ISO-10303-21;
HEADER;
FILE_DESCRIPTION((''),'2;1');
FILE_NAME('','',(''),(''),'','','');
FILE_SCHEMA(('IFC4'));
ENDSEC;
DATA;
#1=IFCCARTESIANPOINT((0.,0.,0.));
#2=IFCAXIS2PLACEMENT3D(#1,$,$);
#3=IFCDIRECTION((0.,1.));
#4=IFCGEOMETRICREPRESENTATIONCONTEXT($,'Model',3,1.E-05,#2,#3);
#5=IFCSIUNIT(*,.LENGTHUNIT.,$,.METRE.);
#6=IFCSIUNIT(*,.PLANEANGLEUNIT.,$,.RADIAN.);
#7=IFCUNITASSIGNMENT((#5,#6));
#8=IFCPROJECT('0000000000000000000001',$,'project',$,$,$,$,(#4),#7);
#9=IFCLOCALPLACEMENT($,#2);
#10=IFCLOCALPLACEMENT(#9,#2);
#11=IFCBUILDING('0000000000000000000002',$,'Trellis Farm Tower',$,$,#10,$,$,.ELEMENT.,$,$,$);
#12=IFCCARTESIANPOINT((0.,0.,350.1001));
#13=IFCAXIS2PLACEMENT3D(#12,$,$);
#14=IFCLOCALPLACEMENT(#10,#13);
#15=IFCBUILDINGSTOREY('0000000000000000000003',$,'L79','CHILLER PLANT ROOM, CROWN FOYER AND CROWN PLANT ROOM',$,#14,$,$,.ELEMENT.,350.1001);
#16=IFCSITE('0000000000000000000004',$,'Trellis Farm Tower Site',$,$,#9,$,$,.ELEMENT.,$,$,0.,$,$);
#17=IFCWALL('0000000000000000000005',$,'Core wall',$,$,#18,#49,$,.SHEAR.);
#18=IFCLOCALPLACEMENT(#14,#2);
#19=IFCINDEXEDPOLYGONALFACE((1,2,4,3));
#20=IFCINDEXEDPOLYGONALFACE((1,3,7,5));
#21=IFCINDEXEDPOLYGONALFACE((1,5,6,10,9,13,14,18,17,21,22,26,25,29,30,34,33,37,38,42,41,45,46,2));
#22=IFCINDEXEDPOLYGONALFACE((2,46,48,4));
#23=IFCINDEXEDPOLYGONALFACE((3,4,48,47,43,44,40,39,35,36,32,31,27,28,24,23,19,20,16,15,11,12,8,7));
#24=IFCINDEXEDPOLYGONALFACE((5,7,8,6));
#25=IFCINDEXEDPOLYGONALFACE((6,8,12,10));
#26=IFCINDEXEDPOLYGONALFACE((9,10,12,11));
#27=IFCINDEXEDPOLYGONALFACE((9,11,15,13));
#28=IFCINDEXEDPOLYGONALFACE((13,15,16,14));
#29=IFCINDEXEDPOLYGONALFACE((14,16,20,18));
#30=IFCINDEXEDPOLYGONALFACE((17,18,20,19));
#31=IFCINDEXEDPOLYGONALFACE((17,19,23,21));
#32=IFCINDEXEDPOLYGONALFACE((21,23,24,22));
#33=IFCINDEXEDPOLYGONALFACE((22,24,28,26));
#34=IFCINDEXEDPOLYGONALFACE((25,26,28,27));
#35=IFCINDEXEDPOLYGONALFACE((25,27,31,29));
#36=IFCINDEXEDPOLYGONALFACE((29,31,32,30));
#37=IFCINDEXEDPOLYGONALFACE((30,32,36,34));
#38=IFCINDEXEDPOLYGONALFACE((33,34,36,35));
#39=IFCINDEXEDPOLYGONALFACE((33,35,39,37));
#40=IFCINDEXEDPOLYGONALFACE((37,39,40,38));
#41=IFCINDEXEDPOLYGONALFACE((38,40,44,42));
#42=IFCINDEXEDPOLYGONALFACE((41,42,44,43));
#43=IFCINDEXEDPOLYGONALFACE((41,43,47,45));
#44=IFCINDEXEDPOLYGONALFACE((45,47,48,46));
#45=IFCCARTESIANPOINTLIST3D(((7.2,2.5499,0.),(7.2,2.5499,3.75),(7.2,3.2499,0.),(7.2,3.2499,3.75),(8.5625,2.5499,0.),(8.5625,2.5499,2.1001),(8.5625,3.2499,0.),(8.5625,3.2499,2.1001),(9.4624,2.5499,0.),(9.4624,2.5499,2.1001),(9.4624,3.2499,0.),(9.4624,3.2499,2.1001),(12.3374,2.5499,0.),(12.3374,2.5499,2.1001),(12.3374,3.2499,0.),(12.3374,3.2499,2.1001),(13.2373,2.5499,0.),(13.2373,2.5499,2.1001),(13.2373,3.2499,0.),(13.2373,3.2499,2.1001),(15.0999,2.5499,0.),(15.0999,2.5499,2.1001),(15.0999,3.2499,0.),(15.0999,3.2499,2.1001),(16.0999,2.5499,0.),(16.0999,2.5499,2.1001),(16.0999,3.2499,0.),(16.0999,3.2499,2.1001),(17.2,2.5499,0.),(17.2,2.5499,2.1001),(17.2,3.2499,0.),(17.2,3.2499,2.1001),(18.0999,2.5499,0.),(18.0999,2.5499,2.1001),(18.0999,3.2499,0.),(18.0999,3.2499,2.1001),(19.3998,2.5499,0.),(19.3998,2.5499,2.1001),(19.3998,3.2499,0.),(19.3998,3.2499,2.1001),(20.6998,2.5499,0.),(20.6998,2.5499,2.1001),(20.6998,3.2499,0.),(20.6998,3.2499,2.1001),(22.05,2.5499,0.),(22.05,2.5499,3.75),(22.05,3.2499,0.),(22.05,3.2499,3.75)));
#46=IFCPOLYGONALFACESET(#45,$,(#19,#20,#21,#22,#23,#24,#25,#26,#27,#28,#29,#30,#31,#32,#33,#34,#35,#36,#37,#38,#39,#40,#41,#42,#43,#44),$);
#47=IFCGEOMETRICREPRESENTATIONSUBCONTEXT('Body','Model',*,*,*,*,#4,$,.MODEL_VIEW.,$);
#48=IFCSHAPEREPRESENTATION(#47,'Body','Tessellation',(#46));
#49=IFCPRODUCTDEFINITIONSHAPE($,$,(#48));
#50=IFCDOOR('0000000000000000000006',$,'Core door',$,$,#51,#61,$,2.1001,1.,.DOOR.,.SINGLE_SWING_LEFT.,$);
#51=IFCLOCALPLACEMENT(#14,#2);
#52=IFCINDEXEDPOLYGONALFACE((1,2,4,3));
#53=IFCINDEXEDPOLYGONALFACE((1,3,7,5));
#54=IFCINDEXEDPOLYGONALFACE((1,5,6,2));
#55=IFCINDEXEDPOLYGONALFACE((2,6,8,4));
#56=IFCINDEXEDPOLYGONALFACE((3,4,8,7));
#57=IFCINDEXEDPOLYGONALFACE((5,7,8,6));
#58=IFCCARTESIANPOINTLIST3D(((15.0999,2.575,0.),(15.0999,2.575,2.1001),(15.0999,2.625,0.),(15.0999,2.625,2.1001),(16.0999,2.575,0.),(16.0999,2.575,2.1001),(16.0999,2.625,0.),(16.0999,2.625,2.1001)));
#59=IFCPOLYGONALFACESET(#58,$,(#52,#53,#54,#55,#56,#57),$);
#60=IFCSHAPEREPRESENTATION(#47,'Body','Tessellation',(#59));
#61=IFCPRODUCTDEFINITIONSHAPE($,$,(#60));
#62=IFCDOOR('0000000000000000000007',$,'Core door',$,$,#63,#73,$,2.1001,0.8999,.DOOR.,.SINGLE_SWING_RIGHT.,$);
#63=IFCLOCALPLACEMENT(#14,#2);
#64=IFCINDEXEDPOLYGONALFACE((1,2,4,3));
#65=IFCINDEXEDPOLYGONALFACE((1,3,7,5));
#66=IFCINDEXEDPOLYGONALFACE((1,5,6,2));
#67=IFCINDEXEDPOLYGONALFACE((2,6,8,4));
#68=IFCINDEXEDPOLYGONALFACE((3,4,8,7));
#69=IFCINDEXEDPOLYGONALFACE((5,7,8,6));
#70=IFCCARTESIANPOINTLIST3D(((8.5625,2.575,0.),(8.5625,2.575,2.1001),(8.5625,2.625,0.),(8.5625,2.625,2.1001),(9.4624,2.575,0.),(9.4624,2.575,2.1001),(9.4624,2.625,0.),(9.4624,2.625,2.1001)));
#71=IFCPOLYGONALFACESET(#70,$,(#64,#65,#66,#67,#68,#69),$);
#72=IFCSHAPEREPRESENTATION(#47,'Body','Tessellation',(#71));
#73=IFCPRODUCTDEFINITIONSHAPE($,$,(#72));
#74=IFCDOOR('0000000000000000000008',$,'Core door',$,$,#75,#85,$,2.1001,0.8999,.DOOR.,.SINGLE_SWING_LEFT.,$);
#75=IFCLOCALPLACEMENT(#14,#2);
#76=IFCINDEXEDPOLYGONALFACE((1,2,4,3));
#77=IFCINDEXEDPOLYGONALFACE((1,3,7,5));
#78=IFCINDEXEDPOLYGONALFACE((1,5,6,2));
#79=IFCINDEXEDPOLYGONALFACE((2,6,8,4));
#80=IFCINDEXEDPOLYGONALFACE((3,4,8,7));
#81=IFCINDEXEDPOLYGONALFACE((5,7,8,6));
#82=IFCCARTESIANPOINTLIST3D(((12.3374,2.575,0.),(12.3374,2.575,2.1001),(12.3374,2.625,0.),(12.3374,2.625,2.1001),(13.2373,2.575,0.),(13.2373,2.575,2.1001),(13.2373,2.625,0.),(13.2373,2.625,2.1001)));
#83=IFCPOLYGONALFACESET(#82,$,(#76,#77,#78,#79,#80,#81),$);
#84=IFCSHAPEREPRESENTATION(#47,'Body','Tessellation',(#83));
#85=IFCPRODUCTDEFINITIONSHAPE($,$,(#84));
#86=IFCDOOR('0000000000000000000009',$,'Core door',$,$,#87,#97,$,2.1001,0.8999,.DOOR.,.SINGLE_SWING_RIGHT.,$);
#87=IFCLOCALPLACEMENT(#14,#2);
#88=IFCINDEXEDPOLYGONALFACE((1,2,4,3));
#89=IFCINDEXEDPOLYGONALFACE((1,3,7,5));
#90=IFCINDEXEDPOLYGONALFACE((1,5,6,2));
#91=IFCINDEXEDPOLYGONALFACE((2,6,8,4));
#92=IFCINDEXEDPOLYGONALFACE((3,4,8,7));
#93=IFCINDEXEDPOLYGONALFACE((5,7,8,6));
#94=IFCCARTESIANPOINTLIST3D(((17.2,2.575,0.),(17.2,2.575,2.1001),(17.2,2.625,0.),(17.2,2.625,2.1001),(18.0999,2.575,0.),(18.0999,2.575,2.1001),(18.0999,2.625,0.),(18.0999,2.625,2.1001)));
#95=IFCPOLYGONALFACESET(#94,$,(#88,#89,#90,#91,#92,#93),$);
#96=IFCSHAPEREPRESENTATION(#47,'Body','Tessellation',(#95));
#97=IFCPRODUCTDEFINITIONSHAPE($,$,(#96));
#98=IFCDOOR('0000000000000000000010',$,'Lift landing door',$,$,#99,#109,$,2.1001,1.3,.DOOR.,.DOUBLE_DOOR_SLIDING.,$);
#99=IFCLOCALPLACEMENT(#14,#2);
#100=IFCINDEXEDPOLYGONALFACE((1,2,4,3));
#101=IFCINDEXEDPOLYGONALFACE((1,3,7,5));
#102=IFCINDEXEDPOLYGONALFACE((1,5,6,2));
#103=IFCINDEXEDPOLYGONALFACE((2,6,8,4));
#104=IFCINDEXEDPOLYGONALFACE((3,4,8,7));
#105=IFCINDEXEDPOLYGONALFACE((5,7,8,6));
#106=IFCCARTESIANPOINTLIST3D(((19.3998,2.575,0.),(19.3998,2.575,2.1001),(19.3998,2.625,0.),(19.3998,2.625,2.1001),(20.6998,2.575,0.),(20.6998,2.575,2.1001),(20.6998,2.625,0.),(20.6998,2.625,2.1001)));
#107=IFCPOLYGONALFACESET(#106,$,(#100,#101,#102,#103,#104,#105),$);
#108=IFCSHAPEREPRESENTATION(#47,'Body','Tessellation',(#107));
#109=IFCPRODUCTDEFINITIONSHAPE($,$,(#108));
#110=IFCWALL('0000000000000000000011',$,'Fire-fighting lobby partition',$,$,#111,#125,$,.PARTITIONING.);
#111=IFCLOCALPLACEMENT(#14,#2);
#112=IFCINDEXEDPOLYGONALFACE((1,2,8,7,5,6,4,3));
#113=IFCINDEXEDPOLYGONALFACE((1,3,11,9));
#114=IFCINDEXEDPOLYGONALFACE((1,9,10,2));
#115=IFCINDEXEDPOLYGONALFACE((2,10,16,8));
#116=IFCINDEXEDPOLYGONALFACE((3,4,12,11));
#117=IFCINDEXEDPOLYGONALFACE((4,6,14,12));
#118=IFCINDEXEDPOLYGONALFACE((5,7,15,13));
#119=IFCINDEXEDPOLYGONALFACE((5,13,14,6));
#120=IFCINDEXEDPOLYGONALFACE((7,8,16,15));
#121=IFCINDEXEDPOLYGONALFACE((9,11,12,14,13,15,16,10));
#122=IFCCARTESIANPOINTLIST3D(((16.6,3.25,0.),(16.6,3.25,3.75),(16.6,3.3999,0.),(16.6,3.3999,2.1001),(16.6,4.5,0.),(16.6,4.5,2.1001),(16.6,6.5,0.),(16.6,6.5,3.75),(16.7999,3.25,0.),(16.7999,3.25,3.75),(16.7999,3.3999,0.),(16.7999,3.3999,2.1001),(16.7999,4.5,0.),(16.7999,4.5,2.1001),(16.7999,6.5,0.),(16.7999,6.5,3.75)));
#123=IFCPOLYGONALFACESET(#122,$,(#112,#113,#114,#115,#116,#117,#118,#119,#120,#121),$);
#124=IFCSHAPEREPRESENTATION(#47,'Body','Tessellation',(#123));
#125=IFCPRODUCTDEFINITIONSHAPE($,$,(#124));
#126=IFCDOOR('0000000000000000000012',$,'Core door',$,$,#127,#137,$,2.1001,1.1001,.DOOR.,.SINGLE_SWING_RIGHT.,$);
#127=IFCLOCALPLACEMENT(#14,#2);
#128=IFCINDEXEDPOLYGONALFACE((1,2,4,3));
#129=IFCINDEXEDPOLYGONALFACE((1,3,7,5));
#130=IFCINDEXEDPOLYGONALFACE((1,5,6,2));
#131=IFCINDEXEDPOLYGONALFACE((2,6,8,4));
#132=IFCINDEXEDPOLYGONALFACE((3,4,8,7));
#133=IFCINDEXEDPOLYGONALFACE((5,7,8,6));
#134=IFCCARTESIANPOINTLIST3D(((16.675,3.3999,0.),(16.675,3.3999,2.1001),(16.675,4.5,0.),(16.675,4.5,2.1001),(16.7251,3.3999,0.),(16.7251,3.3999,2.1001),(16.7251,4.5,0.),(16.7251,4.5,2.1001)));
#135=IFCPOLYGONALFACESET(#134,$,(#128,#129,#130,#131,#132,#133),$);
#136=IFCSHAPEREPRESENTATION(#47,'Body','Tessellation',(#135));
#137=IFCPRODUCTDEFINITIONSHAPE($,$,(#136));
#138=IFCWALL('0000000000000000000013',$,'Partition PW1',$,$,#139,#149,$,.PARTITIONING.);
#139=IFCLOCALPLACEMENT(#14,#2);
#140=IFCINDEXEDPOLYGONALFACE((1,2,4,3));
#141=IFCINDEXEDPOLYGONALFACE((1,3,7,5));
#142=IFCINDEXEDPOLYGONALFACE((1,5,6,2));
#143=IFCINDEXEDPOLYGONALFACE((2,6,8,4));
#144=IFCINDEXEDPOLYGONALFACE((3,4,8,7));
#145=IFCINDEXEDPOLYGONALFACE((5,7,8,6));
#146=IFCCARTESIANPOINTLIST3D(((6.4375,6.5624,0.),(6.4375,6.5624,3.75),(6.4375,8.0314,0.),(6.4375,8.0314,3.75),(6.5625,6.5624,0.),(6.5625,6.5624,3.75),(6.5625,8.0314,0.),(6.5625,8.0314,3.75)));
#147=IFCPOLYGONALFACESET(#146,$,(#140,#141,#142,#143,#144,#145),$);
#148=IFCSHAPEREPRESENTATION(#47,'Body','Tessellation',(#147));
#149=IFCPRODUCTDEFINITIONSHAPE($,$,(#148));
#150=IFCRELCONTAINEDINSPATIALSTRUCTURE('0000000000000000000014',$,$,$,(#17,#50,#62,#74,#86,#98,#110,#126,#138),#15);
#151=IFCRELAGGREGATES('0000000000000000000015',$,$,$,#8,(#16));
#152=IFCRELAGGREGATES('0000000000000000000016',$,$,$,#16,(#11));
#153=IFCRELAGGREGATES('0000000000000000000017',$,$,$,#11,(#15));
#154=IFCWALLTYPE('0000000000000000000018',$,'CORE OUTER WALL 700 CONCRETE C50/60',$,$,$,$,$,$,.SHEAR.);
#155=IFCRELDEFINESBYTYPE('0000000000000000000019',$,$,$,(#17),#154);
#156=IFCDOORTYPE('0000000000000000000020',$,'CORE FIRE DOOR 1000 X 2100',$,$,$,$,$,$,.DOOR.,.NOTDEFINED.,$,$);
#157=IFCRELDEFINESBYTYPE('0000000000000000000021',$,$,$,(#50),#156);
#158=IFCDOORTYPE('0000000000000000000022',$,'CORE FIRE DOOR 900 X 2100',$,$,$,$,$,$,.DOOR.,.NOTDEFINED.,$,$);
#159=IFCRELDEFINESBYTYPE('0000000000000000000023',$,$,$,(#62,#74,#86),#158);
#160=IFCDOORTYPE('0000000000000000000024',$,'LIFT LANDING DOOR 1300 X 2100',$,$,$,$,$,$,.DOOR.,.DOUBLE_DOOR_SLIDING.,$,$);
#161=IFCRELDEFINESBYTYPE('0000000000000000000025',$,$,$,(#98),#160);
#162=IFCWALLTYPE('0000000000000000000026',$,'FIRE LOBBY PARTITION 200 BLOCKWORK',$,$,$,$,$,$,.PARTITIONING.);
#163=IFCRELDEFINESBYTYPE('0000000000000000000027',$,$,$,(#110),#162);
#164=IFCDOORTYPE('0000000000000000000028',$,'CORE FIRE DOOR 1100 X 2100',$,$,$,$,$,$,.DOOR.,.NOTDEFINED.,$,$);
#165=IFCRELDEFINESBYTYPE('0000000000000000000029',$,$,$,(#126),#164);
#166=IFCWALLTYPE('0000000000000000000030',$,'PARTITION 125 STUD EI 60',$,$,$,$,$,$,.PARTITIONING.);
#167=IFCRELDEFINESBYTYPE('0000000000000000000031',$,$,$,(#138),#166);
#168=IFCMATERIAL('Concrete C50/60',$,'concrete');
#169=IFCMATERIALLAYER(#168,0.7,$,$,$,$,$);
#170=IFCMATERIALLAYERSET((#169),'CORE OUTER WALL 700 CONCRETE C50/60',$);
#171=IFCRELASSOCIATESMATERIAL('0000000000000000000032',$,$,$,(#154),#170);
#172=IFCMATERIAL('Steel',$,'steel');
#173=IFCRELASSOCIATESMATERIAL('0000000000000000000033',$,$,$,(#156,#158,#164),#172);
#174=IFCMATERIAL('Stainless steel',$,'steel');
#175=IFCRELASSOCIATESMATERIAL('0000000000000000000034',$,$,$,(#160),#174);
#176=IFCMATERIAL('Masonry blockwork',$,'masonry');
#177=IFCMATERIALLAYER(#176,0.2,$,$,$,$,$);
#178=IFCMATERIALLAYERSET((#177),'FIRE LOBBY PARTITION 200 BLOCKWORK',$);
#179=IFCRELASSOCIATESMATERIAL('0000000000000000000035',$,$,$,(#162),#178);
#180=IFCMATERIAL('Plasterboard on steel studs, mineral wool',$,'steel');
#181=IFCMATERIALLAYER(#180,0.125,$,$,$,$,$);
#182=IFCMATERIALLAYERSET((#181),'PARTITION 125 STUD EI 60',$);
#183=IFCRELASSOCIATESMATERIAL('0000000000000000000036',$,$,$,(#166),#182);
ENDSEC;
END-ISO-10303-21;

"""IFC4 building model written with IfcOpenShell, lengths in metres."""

from ifc_helpers import new_model, si_unit, direction, frame, frame_2d, origin, place, context, subcontext, project, spatial, rectangle, extrude, source, transform, mapped, material, layer, layer_set, type_object, element, fill, save


model = new_model("IFC4")

# Units and contexts
model_context = context("Model", 3, precision=1e-05, world=origin(), true_north=direction((0.0, 1.0)))
body_context = subcontext(model_context, "Body", "Model", "MODEL_VIEW")
ifc_project = project(units=[si_unit("LENGTHUNIT", "METRE"), si_unit("PLANEANGLEUNIT", "RADIAN")], contexts=[model_context])

# Site, building, storey
site_placement = place(None, origin())
site = spatial("IfcSite", under=ifc_project, at=site_placement, Name="Trellis Farm Tower Site", CompositionType="ELEMENT", RefElevation=0.0)
building_placement = place(site_placement, origin())
building = spatial("IfcBuilding", under=site, at=building_placement, Name="Trellis Farm Tower", CompositionType="ELEMENT")
storey_placement = place(building_placement, frame((0.0, 0.0, 350.1001)))
storey = spatial("IfcBuildingStorey", under=building, at=storey_placement, Name="L79", Description="CHILLER PLANT ROOM, CROWN FOYER AND CROWN PLANT ROOM", CompositionType="ELEMENT", Elevation=350.1001)

# Shared definitions
ifc_material_1 = material(Name="Concrete C50/60", Category="concrete")

# Shared definitions
ifc_material_2 = material(Name="Masonry blockwork", Category="masonry")

# Wall, openings, doors
ifc_layer_1 = layer(ifc_material_1, 0.7)
ifc_layer_set_1 = layer_set([ifc_layer_1], Name="CORE OUTER WALL 700 CONCRETE C50/60")
wall_type_1 = type_object("IfcWallType", Name="CORE OUTER WALL 700 CONCRETE C50/60", PredefinedType="SHEAR", material=ifc_layer_set_1)
shared_shape_1 = source(origin(), body_context, "Body", "SweptSolid", [
    extrude(rectangle(XDim=14.8501, YDim=0.7, at=frame_2d((7.425, 0.0))), origin(), (0.0, 0.0, 1.0), 3.75),
])
wall_1_placement = place(storey_placement, frame((7.2, 2.8999, 0.0), z_axis=(0.0, 0.0, 1.0), x_axis=(1.0, 0.0, 0.0)))
wall_1 = element("IfcWall", 1, at=wall_1_placement, inside=storey, type_object=wall_type_1, Name="Core wall", PredefinedType="SHEAR", context=body_context, shape_type="MappedRepresentation", body=[
    mapped(shared_shape_1, transform((0.0, 0.0, 0.0))),
])
shared_shape_2 = source(origin(), body_context, "Body", "SweptSolid", [
    extrude(rectangle(XDim=1.3, YDim=2.1001, at=frame_2d((0.6499, 1.05))), frame((0.0, 0.3601, 0.0), z_axis=(0.0, -1.0, 0.0), x_axis=(1.0, 0.0, 0.0)), (0.0, 0.0, 1.0), 0.7202),
])
opening_1_placement = place(wall_1_placement, frame((12.2, 0.0, 0.0)))
opening_1 = element("IfcOpeningElement", 2, at=opening_1_placement, cuts=wall_1, PredefinedType="OPENING", context=body_context, shape_type="MappedRepresentation", body=[
    mapped(shared_shape_2, transform((0.0, 0.0, 0.0))),
])
shared_shape_3 = source(origin(), body_context, "Body", "SweptSolid", [
    extrude(rectangle(XDim=1.0, YDim=2.1001, at=frame_2d((0.5, 1.05))), frame((0.0, 0.3601, 0.0), z_axis=(0.0, -1.0, 0.0), x_axis=(1.0, 0.0, 0.0)), (0.0, 0.0, 1.0), 0.7202),
])
opening_2_placement = place(wall_1_placement, frame((7.8999, 0.0, 0.0)))
opening_2 = element("IfcOpeningElement", 3, at=opening_2_placement, cuts=wall_1, PredefinedType="OPENING", context=body_context, shape_type="MappedRepresentation", body=[
    mapped(shared_shape_3, transform((0.0, 0.0, 0.0))),
])
shared_shape_4 = source(origin(), body_context, "Body", "SweptSolid", [
    extrude(rectangle(XDim=0.8999, YDim=2.1001, at=frame_2d((0.45, 1.05))), frame((0.0, 0.3601, 0.0), z_axis=(0.0, -1.0, 0.0), x_axis=(1.0, 0.0, 0.0)), (0.0, 0.0, 1.0), 0.7202),
])
opening_3_placement = place(wall_1_placement, frame((1.3625, 0.0, 0.0)))
opening_3 = element("IfcOpeningElement", 4, at=opening_3_placement, cuts=wall_1, PredefinedType="OPENING", context=body_context, shape_type="MappedRepresentation", body=[
    mapped(shared_shape_4, transform((0.0, 0.0, 0.0))),
])
opening_4_placement = place(wall_1_placement, frame((5.1375, 0.0, 0.0)))
opening_4 = element("IfcOpeningElement", 5, at=opening_4_placement, cuts=wall_1, PredefinedType="OPENING", context=body_context, shape_type="MappedRepresentation", body=[
    mapped(shared_shape_4, transform((0.0, 0.0, 0.0))),
])
opening_5_placement = place(wall_1_placement, frame((10.0, 0.0, 0.0)))
opening_5 = element("IfcOpeningElement", 6, at=opening_5_placement, cuts=wall_1, PredefinedType="OPENING", context=body_context, shape_type="MappedRepresentation", body=[
    mapped(shared_shape_4, transform((0.0, 0.0, 0.0))),
])
ifc_material_3 = material(Name="Steel", Category="steel")
door_type_1 = type_object("IfcDoorType", Name="CORE FIRE DOOR 1000 X 2100", OperationType="NOTDEFINED", PredefinedType="DOOR", material=ifc_material_3)
shared_shape_5 = source(origin(), body_context, "Body", "SweptSolid", [
    extrude(rectangle(XDim=1.0, YDim=2.1001, at=frame_2d((0.5, 1.05))), frame((0.0, -0.2749, 0.0), z_axis=(0.0, -1.0, 0.0), x_axis=(1.0, 0.0, 0.0)), (0.0, 0.0, 1.0), 0.05),
])
door_1_placement = place(opening_2_placement, origin())
door_1 = element("IfcDoor", 7, at=door_1_placement, inside=storey, type_object=door_type_1, Name="Core door", OperationType="SINGLE_SWING_LEFT", OverallHeight=2.1001, OverallWidth=1.0, PredefinedType="DOOR", context=body_context, shape_type="MappedRepresentation", body=[
    mapped(shared_shape_5, transform((0.0, 0.0, 0.0))),
])
fill(opening_2, door_1)
door_type_2 = type_object("IfcDoorType", Name="CORE FIRE DOOR 900 X 2100", OperationType="NOTDEFINED", PredefinedType="DOOR", material=ifc_material_3)
shared_shape_6 = source(origin(), body_context, "Body", "SweptSolid", [
    extrude(rectangle(XDim=0.8999, YDim=2.1001, at=frame_2d((0.45, 1.05))), frame((0.0, -0.2749, 0.0), z_axis=(0.0, -1.0, 0.0), x_axis=(1.0, 0.0, 0.0)), (0.0, 0.0, 1.0), 0.05),
])
door_2_placement = place(opening_3_placement, origin())
door_2 = element("IfcDoor", 8, at=door_2_placement, inside=storey, type_object=door_type_2, Name="Core door", OperationType="SINGLE_SWING_RIGHT", OverallHeight=2.1001, OverallWidth=0.8999, PredefinedType="DOOR", context=body_context, shape_type="MappedRepresentation", body=[
    mapped(shared_shape_6, transform((0.0, 0.0, 0.0))),
])
fill(opening_3, door_2)
door_3_placement = place(opening_4_placement, origin())
door_3 = element("IfcDoor", 9, at=door_3_placement, inside=storey, type_object=door_type_2, Name="Core door", OperationType="SINGLE_SWING_LEFT", OverallHeight=2.1001, OverallWidth=0.8999, PredefinedType="DOOR", context=body_context, shape_type="MappedRepresentation", body=[
    mapped(shared_shape_6, transform((0.0, 0.0, 0.0))),
])
fill(opening_4, door_3)
door_4_placement = place(opening_5_placement, origin())
door_4 = element("IfcDoor", 10, at=door_4_placement, inside=storey, type_object=door_type_2, Name="Core door", OperationType="SINGLE_SWING_RIGHT", OverallHeight=2.1001, OverallWidth=0.8999, PredefinedType="DOOR", context=body_context, shape_type="MappedRepresentation", body=[
    mapped(shared_shape_6, transform((0.0, 0.0, 0.0))),
])
fill(opening_5, door_4)
ifc_material_4 = material(Name="Stainless steel", Category="steel")
door_type_3 = type_object("IfcDoorType", Name="LIFT LANDING DOOR 1300 X 2100", OperationType="DOUBLE_DOOR_SLIDING", PredefinedType="DOOR", material=ifc_material_4)
shared_shape_7 = source(origin(), body_context, "Body", "SweptSolid", [
    extrude(rectangle(XDim=1.3, YDim=2.1001, at=frame_2d((0.6499, 1.05))), frame((0.0, -0.2749, 0.0), z_axis=(0.0, -1.0, 0.0), x_axis=(1.0, 0.0, 0.0)), (0.0, 0.0, 1.0), 0.05),
])
door_5_placement = place(opening_1_placement, origin())
door_5 = element("IfcDoor", 11, at=door_5_placement, inside=storey, type_object=door_type_3, Name="Lift landing door", OperationType="DOUBLE_DOOR_SLIDING", OverallHeight=2.1001, OverallWidth=1.3, PredefinedType="DOOR", context=body_context, shape_type="MappedRepresentation", body=[
    mapped(shared_shape_7, transform((0.0, 0.0, 0.0))),
])
fill(opening_1, door_5)

# Wall, opening, door
ifc_layer_2 = layer(ifc_material_2, 0.2)
ifc_layer_set_2 = layer_set([ifc_layer_2], Name="FIRE LOBBY PARTITION 200 BLOCKWORK")
wall_type_2 = type_object("IfcWallType", Name="FIRE LOBBY PARTITION 200 BLOCKWORK", PredefinedType="PARTITIONING", material=ifc_layer_set_2)
shared_shape_8 = source(origin(), body_context, "Body", "SweptSolid", [
    extrude(rectangle(XDim=3.25, YDim=0.2, at=frame_2d((1.625, 0.0))), origin(), (0.0, 0.0, 1.0), 3.75),
])
wall_2_placement = place(storey_placement, frame((16.7, 3.25, 0.0), z_axis=(0.0, 0.0, 1.0), x_axis=(0.0, 1.0, 0.0)))
wall_2 = element("IfcWall", 12, at=wall_2_placement, inside=storey, type_object=wall_type_2, Name="Fire-fighting lobby partition", PredefinedType="PARTITIONING", context=body_context, shape_type="MappedRepresentation", body=[
    mapped(shared_shape_8, transform((0.0, 0.0, 0.0))),
])
shared_shape_9 = source(origin(), body_context, "Body", "SweptSolid", [
    extrude(rectangle(XDim=1.1001, YDim=2.1001, at=frame_2d((0.55, 1.05))), frame((0.0, 0.1101, 0.0), z_axis=(0.0, -1.0, 0.0), x_axis=(1.0, 0.0, 0.0)), (0.0, 0.0, 1.0), 0.2202),
])
opening_6_placement = place(wall_2_placement, frame((0.1499, 0.0, 0.0)))
opening_6 = element("IfcOpeningElement", 13, at=opening_6_placement, cuts=wall_2, PredefinedType="OPENING", context=body_context, shape_type="MappedRepresentation", body=[
    mapped(shared_shape_9, transform((0.0, 0.0, 0.0))),
])
door_type_4 = type_object("IfcDoorType", Name="CORE FIRE DOOR 1100 X 2100", OperationType="NOTDEFINED", PredefinedType="DOOR", material=ifc_material_3)
shared_shape_10 = source(origin(), body_context, "Body", "SweptSolid", [
    extrude(rectangle(XDim=1.1001, YDim=2.1001, at=frame_2d((0.55, 1.05))), frame((0.0, 0.0249, 0.0), z_axis=(0.0, -1.0, 0.0), x_axis=(1.0, 0.0, 0.0)), (0.0, 0.0, 1.0), 0.05),
])
door_6_placement = place(opening_6_placement, origin())
door_6 = element("IfcDoor", 14, at=door_6_placement, inside=storey, type_object=door_type_4, Name="Core door", OperationType="SINGLE_SWING_RIGHT", OverallHeight=2.1001, OverallWidth=1.1001, PredefinedType="DOOR", context=body_context, shape_type="MappedRepresentation", body=[
    mapped(shared_shape_10, transform((0.0, 0.0, 0.0))),
])
fill(opening_6, door_6)

# Wall
ifc_material_5 = material(Name="Plasterboard on steel studs, mineral wool", Category="steel")
ifc_layer_3 = layer(ifc_material_5, 0.125)
ifc_layer_set_3 = layer_set([ifc_layer_3], Name="PARTITION 125 STUD EI 60")
wall_type_3 = type_object("IfcWallType", Name="PARTITION 125 STUD EI 60", PredefinedType="PARTITIONING", material=ifc_layer_set_3)
shared_shape_11 = source(origin(), body_context, "Body", "SweptSolid", [
    extrude(rectangle(XDim=1.469, YDim=0.125, at=frame_2d((0.7344, 0.0))), origin(), (0.0, 0.0, 1.0), 3.75),
])
wall_3_placement = place(storey_placement, frame((6.5, 6.5625, 0.0), z_axis=(0.0, 0.0, 1.0), x_axis=(0.0, 1.0, 0.0)))
element("IfcWall", 15, at=wall_3_placement, inside=storey, type_object=wall_type_3, Name="Partition PW1", PredefinedType="PARTITIONING", context=body_context, shape_type="MappedRepresentation", body=[
    mapped(shared_shape_11, transform((0.0, 0.0, 0.0))),
])

save(model, "model.ifc")
